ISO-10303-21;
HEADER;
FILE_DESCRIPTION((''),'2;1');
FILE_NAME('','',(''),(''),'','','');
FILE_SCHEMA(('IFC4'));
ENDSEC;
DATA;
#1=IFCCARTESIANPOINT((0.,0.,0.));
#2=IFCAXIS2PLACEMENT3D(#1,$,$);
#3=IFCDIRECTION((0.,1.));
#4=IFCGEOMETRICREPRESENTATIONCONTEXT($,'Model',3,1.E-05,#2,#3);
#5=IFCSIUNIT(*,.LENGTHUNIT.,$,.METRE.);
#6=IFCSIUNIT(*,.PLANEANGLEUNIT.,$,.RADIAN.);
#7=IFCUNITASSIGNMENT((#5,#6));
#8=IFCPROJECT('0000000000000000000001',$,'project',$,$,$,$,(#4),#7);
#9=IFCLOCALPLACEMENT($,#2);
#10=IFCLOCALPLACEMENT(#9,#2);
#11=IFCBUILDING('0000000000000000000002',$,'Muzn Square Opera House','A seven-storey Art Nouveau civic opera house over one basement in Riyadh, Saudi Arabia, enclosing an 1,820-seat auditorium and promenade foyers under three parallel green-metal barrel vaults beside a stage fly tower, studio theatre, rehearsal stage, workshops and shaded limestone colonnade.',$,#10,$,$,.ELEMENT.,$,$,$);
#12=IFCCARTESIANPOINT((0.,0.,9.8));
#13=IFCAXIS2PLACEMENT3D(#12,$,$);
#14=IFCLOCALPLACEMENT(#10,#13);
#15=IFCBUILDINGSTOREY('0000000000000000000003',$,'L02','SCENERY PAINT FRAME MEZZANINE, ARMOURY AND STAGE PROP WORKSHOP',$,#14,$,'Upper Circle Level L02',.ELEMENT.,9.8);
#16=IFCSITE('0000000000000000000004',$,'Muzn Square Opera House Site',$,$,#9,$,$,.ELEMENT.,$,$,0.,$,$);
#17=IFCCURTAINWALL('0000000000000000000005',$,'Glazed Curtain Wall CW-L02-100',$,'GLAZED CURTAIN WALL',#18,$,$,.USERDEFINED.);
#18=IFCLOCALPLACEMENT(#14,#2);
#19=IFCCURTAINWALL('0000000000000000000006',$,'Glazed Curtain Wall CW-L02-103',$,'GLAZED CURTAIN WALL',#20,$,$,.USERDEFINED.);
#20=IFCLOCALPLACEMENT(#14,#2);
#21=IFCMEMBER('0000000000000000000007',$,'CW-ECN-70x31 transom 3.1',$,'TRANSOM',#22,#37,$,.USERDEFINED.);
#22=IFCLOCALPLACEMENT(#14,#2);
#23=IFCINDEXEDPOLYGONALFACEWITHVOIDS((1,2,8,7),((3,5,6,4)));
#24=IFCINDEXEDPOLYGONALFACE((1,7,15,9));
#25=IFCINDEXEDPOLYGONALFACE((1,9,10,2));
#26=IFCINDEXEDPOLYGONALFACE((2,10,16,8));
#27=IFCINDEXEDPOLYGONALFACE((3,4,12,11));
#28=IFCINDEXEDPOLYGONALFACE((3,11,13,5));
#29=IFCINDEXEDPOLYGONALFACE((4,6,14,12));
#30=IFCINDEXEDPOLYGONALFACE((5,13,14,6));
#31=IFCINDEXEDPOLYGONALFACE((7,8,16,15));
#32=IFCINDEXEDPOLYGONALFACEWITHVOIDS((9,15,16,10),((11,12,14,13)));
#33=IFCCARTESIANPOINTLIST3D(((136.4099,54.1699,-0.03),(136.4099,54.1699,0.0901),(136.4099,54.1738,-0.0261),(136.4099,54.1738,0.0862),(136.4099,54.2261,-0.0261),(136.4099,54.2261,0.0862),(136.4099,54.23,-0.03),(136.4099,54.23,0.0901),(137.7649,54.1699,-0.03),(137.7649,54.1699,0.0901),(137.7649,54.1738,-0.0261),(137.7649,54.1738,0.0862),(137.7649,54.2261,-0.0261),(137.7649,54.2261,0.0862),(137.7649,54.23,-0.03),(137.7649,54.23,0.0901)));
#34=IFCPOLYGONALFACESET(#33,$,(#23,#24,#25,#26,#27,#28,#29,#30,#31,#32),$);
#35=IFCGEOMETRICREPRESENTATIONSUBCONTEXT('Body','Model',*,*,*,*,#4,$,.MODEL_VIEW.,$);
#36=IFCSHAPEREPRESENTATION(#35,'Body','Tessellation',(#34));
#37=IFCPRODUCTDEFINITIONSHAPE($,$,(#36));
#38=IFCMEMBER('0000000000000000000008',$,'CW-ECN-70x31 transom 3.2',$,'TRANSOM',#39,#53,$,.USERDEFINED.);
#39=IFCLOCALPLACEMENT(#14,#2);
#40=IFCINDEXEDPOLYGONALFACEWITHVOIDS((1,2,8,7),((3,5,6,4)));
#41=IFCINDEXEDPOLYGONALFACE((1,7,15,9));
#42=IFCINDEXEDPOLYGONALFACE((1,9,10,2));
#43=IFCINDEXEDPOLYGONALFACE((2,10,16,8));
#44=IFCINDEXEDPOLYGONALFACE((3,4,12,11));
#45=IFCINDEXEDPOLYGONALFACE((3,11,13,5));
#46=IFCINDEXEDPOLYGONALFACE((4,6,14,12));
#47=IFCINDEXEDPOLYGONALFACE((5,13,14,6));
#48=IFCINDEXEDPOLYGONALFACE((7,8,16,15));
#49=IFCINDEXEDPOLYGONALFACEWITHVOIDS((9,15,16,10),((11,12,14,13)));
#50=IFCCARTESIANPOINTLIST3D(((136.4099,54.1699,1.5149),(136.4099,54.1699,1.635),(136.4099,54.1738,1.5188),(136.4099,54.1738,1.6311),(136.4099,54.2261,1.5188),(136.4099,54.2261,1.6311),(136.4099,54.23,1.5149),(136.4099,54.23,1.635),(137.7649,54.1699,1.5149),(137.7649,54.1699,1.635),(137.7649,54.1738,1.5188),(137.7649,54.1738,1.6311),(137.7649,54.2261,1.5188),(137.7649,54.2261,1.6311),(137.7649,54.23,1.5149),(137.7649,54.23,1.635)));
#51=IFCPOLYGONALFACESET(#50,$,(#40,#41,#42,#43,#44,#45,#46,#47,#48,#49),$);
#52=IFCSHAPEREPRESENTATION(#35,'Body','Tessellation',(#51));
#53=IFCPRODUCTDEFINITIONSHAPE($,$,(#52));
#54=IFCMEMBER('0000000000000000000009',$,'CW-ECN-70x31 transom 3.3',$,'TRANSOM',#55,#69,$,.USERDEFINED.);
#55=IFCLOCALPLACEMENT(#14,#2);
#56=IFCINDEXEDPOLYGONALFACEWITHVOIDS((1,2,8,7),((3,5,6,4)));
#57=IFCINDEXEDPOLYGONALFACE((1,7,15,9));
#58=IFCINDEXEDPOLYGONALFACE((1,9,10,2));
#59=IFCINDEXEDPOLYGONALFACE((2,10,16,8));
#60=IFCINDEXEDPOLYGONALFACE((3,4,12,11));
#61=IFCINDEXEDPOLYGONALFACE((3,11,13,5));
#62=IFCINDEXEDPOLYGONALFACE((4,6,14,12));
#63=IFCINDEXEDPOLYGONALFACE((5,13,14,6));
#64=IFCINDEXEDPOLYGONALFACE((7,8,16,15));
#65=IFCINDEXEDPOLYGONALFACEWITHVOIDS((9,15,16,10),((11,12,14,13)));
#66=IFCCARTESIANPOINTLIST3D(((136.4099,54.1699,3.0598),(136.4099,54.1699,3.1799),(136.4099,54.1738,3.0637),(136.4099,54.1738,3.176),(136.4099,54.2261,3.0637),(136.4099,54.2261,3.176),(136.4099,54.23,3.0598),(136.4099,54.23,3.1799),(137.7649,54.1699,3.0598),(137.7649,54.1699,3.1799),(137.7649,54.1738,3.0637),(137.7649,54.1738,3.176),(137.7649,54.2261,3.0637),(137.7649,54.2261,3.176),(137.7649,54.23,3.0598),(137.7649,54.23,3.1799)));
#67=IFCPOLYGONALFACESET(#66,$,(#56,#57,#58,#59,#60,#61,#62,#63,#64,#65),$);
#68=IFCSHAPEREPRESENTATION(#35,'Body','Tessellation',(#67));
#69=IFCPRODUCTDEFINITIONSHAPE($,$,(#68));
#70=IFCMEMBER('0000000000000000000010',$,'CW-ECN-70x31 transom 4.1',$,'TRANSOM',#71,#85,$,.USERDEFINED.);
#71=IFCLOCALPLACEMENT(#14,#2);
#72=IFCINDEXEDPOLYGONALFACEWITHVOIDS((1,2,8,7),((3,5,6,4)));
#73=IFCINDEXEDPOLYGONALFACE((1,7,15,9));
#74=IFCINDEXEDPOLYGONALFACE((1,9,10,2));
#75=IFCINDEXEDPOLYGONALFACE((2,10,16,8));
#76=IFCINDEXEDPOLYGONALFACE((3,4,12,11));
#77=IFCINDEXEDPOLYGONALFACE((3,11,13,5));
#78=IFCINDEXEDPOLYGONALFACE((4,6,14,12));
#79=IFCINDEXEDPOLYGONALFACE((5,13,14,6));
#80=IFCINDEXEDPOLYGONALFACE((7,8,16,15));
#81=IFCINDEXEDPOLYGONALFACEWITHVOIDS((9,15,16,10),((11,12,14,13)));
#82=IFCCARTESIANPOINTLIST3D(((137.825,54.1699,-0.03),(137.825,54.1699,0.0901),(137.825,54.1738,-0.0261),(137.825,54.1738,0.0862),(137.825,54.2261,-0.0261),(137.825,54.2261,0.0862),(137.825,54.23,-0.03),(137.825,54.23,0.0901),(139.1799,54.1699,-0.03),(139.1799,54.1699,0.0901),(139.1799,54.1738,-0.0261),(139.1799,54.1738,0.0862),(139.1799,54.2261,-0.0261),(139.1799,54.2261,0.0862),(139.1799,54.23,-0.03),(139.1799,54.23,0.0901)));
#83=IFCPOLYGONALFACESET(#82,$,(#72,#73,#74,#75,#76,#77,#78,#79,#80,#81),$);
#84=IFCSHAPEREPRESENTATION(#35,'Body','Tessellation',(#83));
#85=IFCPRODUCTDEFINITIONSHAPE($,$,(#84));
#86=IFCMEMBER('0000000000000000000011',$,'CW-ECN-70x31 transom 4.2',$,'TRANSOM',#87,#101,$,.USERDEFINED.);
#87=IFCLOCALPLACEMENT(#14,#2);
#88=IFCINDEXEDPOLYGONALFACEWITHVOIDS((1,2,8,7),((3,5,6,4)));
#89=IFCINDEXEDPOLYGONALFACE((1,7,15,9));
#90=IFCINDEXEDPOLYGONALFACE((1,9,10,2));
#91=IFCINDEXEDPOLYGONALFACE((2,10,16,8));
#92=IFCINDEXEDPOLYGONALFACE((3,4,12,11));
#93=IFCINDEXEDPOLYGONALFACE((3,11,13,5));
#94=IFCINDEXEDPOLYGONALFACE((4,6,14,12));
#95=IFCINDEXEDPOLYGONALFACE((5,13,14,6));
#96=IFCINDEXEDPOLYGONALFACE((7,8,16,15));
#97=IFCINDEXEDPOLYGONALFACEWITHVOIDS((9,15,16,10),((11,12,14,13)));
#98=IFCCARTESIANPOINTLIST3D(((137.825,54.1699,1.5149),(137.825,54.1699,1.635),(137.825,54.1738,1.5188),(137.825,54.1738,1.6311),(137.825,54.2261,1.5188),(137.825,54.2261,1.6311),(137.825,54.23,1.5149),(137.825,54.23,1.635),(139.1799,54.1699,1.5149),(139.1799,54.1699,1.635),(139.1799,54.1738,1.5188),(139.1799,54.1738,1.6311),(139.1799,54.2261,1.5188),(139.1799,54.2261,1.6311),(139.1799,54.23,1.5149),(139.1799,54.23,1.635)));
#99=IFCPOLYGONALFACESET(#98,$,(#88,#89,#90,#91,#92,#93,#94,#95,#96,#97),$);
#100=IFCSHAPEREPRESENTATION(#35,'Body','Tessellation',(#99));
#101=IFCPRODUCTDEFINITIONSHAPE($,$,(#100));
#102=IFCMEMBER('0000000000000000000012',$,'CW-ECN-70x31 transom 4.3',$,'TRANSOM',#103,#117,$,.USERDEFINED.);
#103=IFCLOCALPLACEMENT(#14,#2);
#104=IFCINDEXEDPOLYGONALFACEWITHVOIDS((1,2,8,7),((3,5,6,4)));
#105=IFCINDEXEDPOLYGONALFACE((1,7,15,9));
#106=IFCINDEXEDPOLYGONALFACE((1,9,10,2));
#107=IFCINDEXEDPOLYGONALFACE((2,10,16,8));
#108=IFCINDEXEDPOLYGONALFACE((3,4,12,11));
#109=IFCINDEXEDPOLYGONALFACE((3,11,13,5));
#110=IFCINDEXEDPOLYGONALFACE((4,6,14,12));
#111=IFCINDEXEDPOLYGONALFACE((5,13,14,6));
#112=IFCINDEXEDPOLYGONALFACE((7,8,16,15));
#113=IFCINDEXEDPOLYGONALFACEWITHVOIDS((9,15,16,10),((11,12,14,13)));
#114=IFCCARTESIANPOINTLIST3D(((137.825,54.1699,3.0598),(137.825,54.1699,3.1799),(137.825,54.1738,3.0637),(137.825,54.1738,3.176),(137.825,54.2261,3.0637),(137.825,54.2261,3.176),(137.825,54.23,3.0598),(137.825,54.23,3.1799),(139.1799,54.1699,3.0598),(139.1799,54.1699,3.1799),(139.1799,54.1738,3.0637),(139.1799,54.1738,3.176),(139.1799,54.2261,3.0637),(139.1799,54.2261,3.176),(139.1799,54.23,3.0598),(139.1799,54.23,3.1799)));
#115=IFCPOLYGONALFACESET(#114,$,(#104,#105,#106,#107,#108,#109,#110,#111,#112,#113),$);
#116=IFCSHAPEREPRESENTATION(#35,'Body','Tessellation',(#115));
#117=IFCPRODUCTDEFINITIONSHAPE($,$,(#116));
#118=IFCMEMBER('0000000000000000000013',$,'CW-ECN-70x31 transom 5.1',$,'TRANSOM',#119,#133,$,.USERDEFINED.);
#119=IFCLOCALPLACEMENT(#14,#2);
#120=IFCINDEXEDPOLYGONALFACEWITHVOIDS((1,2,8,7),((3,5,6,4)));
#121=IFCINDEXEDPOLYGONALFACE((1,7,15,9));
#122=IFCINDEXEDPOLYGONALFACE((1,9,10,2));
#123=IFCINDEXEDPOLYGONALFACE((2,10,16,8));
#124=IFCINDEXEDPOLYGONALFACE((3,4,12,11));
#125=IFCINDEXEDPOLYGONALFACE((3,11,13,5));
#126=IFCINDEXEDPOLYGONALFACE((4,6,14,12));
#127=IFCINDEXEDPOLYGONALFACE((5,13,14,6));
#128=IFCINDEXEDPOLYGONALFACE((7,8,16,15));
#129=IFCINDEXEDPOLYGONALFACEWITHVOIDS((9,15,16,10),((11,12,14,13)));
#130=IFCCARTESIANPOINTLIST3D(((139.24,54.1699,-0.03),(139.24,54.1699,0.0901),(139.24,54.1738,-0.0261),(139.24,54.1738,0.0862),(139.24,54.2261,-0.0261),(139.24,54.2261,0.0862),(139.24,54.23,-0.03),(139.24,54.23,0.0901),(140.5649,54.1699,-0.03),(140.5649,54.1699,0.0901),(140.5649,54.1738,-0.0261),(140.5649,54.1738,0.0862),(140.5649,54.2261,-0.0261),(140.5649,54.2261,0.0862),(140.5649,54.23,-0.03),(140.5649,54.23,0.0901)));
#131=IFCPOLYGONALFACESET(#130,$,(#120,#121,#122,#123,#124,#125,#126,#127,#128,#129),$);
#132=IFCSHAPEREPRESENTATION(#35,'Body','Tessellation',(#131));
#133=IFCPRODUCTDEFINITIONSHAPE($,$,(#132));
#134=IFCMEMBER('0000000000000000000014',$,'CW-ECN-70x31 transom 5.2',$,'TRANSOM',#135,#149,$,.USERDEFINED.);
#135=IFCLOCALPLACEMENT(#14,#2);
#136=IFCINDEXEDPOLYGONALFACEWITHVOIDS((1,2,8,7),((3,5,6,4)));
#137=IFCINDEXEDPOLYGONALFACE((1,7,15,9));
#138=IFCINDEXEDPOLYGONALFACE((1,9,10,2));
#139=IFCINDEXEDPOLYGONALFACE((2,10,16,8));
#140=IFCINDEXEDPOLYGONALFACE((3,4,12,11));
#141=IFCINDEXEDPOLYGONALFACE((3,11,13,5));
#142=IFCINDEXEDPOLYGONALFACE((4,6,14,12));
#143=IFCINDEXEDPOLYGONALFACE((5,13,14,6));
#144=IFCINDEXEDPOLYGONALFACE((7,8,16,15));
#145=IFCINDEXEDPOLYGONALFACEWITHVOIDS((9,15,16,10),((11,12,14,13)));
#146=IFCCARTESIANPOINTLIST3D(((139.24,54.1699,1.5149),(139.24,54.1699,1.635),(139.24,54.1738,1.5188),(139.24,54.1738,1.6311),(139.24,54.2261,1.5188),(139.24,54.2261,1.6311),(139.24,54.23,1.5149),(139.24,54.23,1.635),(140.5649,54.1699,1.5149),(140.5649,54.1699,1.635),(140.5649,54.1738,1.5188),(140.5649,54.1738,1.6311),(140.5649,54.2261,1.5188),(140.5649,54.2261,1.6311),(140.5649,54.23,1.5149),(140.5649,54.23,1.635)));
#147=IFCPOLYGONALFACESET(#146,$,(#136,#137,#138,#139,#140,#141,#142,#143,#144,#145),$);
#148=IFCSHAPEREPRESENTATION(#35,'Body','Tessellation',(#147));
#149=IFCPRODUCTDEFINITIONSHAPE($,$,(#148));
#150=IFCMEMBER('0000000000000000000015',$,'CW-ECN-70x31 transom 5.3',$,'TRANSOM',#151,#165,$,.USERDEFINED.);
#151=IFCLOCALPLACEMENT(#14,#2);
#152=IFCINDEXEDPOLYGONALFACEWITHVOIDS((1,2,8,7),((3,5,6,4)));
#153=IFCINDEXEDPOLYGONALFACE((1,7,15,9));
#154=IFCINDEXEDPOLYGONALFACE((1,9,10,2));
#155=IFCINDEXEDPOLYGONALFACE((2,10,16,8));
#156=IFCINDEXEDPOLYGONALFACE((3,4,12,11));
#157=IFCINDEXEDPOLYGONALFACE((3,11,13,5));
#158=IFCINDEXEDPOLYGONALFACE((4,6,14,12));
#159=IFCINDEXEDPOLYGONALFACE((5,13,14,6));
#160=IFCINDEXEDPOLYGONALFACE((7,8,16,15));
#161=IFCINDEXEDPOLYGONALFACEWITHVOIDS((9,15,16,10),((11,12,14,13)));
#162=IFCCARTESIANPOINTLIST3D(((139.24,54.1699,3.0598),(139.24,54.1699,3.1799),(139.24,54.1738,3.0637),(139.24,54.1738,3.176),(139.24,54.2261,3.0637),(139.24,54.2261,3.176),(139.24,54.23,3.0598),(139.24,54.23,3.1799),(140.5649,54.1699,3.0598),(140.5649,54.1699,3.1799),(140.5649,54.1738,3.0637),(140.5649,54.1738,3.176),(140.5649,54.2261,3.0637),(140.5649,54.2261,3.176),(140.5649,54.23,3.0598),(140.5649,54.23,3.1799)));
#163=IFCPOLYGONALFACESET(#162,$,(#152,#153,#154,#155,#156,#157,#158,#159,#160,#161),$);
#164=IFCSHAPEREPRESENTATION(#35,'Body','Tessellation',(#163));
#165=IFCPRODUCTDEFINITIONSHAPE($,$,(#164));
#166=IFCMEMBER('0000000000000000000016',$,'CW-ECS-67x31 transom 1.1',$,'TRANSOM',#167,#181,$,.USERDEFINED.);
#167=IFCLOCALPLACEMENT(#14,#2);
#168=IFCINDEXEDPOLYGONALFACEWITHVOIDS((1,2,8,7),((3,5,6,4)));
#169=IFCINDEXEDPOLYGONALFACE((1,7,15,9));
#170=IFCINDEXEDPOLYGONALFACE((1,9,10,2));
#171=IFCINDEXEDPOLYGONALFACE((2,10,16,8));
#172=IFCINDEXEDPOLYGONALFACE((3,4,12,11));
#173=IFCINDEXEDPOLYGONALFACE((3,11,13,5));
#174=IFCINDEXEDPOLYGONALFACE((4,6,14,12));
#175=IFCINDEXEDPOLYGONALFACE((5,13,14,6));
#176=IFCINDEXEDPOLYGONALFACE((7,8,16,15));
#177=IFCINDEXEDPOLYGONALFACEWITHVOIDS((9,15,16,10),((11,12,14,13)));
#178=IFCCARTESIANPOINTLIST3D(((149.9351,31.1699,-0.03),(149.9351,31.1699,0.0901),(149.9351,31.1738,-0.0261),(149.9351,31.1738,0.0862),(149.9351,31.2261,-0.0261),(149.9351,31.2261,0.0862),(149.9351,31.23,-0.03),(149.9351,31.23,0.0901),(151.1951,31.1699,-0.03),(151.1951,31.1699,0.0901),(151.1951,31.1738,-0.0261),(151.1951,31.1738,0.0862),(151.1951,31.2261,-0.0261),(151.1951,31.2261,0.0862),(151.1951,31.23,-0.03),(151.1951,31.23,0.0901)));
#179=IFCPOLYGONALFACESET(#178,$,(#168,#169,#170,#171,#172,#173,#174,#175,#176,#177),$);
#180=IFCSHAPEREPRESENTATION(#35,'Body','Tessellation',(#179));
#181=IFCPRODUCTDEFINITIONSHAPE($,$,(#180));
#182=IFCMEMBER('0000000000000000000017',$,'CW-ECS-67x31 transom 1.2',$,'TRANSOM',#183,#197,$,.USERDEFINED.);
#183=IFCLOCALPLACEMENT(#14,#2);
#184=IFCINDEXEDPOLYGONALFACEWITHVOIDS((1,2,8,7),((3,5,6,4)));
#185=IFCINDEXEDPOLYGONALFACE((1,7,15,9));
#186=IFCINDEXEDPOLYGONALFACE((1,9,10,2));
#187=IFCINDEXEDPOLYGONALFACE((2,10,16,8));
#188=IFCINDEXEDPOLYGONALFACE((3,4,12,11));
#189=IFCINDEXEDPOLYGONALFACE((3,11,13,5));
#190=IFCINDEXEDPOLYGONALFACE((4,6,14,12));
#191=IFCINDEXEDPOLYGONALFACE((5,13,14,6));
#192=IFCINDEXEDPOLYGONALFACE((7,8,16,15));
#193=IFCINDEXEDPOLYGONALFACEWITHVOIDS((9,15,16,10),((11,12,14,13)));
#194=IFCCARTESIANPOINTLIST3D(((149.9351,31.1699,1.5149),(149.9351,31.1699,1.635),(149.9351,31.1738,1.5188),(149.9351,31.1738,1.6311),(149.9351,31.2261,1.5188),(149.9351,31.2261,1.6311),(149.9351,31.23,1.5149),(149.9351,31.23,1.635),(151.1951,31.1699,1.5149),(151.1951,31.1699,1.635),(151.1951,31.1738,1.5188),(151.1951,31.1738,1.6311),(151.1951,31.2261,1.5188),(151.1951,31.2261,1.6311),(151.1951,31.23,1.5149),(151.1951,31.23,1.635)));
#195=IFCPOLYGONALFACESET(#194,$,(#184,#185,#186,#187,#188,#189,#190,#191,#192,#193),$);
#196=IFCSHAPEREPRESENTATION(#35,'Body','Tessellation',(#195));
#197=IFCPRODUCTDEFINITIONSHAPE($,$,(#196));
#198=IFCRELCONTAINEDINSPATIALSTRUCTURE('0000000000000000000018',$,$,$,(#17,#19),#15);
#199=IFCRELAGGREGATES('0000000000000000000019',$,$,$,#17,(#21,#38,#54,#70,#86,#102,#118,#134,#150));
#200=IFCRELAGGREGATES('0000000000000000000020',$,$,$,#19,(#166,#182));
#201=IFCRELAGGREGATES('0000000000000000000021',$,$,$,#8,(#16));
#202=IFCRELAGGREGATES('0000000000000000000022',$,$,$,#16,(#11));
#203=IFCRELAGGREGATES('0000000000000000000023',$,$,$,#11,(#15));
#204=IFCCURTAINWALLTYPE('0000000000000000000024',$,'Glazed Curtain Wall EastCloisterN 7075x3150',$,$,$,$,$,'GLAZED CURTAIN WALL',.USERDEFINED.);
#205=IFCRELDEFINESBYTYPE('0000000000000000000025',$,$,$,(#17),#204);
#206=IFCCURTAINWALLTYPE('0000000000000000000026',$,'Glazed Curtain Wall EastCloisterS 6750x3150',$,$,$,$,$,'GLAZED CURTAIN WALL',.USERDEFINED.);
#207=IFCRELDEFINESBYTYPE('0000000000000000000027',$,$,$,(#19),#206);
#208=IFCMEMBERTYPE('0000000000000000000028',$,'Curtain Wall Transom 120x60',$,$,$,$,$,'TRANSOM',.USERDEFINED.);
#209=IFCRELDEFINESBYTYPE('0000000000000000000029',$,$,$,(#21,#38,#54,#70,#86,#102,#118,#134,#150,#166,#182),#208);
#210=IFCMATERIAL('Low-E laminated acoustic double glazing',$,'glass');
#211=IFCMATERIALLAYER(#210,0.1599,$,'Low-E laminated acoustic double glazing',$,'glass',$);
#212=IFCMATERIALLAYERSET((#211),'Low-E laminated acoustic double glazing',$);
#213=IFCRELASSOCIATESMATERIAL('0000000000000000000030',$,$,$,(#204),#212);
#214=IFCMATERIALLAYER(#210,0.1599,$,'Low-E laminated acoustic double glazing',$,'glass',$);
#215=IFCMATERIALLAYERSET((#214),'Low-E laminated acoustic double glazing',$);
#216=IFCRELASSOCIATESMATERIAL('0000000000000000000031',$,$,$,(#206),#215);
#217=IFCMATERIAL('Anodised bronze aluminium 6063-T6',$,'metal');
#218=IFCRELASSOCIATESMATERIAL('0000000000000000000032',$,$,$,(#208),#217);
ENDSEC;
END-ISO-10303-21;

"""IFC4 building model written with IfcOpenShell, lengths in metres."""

from ifc_helpers import new_model, si_unit, direction, frame, origin, origin_2d, place, context, subcontext, project, spatial, hollow_rectangle, extrude, material, layer, layer_set, material_profile, profile_set, type_object, element, aggregate, save


model = new_model("IFC4")

# Units and contexts
model_context = context("Model", 3, precision=1e-05, world=origin(), true_north=direction((0.0, 1.0)))
body_context = subcontext(model_context, "Body", "Model", "MODEL_VIEW")
ifc_project = project(units=[si_unit("LENGTHUNIT", "METRE"), si_unit("PLANEANGLEUNIT", "RADIAN")], contexts=[model_context])

# Site, building, storey
site_placement = place(None, origin())
site = spatial("IfcSite", under=ifc_project, at=site_placement, Name="Muzn Square Opera House Site", CompositionType="ELEMENT", RefElevation=0.0)
building_placement = place(site_placement, origin())
building = spatial("IfcBuilding", under=site, at=building_placement, Name="Muzn Square Opera House", Description="A seven-storey Art Nouveau civic opera house over one basement in Riyadh, Saudi Arabia, enclosing an 1,820-seat auditorium and promenade foyers under three parallel green-metal barrel vaults beside a stage fly tower, studio theatre, rehearsal stage, workshops and shaded limestone colonnade.", CompositionType="ELEMENT")
storey_placement = place(building_placement, frame((0.0, 0.0, 9.8)))
storey = spatial("IfcBuildingStorey", under=building, at=storey_placement, Name="L02", Description="SCENERY PAINT FRAME MEZZANINE, ARMOURY AND STAGE PROP WORKSHOP", LongName="Upper Circle Level L02", CompositionType="ELEMENT", Elevation=9.8)

# Curtain wall
ifc_material_1 = material(Name="Low-E laminated acoustic double glazing", Category="glass")
ifc_layer_1 = layer(ifc_material_1, 0.1599, Name="Low-E laminated acoustic double glazing", Category="glass")
ifc_layer_set_1 = layer_set([ifc_layer_1], Name="Low-E laminated acoustic double glazing")
curtain_wall_type_1 = type_object("IfcCurtainWallType", Name="Glazed Curtain Wall EastCloisterN 7075x3150", ElementType="GLAZED CURTAIN WALL", PredefinedType="USERDEFINED", material=ifc_layer_set_1)
curtain_wall_1_placement = place(storey_placement, origin())
curtain_wall_1 = element("IfcCurtainWall", 1, at=curtain_wall_1_placement, inside=storey, type_object=curtain_wall_type_1, Name="Glazed Curtain Wall CW-L02-100", ObjectType="GLAZED CURTAIN WALL", PredefinedType="USERDEFINED")
ifc_material_2 = material(Name="Anodised bronze aluminium 6063-T6", Category="metal")

# Curtain wall
ifc_layer_2 = layer(ifc_material_1, 0.1599, Name="Low-E laminated acoustic double glazing", Category="glass")
ifc_layer_set_2 = layer_set([ifc_layer_2], Name="Low-E laminated acoustic double glazing")
curtain_wall_type_2 = type_object("IfcCurtainWallType", Name="Glazed Curtain Wall EastCloisterS 6750x3150", ElementType="GLAZED CURTAIN WALL", PredefinedType="USERDEFINED", material=ifc_layer_set_2)
curtain_wall_2_placement = place(storey_placement, origin())
curtain_wall_2 = element("IfcCurtainWall", 2, at=curtain_wall_2_placement, inside=storey, type_object=curtain_wall_type_2, Name="Glazed Curtain Wall CW-L02-103", ObjectType="GLAZED CURTAIN WALL", PredefinedType="USERDEFINED")

# Members
ifc_material_profile_1 = material_profile(ifc_material_2, hollow_rectangle(XDim=0.0601, YDim=0.1201, WallThickness=0.0039, at=origin_2d()), Name="ALU 120x60x4", Category="metal")
ifc_profile_set_1 = profile_set([ifc_material_profile_1], Name="Anodised bronze aluminium 6063-T6")
member_type_1 = type_object("IfcMemberType", Name="Curtain Wall Transom 120x60", ElementType="TRANSOM", PredefinedType="USERDEFINED", material=ifc_profile_set_1)
member_1_placement = place(storey_placement, frame((136.4099, 54.2, 0.03), z_axis=(1.0, 0.0, 0.0), x_axis=(0.0, 1.0, 0.0)))
member_1 = element("IfcMember", 3, at=member_1_placement, type_object=member_type_1, Name="CW-ECN-70x31 transom 3.1", ObjectType="TRANSOM", PredefinedType="USERDEFINED", context=body_context, shape_type="SweptSolid", body=[
    extrude(hollow_rectangle(XDim=0.0601, YDim=0.1201, WallThickness=0.0039, at=origin_2d()), origin(), (0.0, 0.0, 1.0), 1.355),
])
member_2_placement = place(storey_placement, frame((136.4099, 54.2, 1.575), z_axis=(1.0, 0.0, 0.0), x_axis=(0.0, 1.0, 0.0)))
member_2 = element("IfcMember", 4, at=member_2_placement, type_object=member_type_1, Name="CW-ECN-70x31 transom 3.2", ObjectType="TRANSOM", PredefinedType="USERDEFINED", context=body_context, shape_type="SweptSolid", body=[
    extrude(hollow_rectangle(XDim=0.0601, YDim=0.1201, WallThickness=0.0039, at=origin_2d()), origin(), (0.0, 0.0, 1.0), 1.355),
])
member_3_placement = place(storey_placement, frame((136.4099, 54.2, 3.1199), z_axis=(1.0, 0.0, 0.0), x_axis=(0.0, 1.0, 0.0)))
member_3 = element("IfcMember", 5, at=member_3_placement, type_object=member_type_1, Name="CW-ECN-70x31 transom 3.3", ObjectType="TRANSOM", PredefinedType="USERDEFINED", context=body_context, shape_type="SweptSolid", body=[
    extrude(hollow_rectangle(XDim=0.0601, YDim=0.1201, WallThickness=0.0039, at=origin_2d()), origin(), (0.0, 0.0, 1.0), 1.355),
])
member_4_placement = place(storey_placement, frame((137.825, 54.2, 0.03), z_axis=(1.0, 0.0, 0.0), x_axis=(0.0, 1.0, 0.0)))
member_4 = element("IfcMember", 6, at=member_4_placement, type_object=member_type_1, Name="CW-ECN-70x31 transom 4.1", ObjectType="TRANSOM", PredefinedType="USERDEFINED", context=body_context, shape_type="SweptSolid", body=[
    extrude(hollow_rectangle(XDim=0.0601, YDim=0.1201, WallThickness=0.0039, at=origin_2d()), origin(), (0.0, 0.0, 1.0), 1.355),
])
member_5_placement = place(storey_placement, frame((137.825, 54.2, 1.575), z_axis=(1.0, 0.0, 0.0), x_axis=(0.0, 1.0, 0.0)))
member_5 = element("IfcMember", 7, at=member_5_placement, type_object=member_type_1, Name="CW-ECN-70x31 transom 4.2", ObjectType="TRANSOM", PredefinedType="USERDEFINED", context=body_context, shape_type="SweptSolid", body=[
    extrude(hollow_rectangle(XDim=0.0601, YDim=0.1201, WallThickness=0.0039, at=origin_2d()), origin(), (0.0, 0.0, 1.0), 1.355),
])
member_6_placement = place(storey_placement, frame((137.825, 54.2, 3.1199), z_axis=(1.0, 0.0, 0.0), x_axis=(0.0, 1.0, 0.0)))
member_6 = element("IfcMember", 8, at=member_6_placement, type_object=member_type_1, Name="CW-ECN-70x31 transom 4.3", ObjectType="TRANSOM", PredefinedType="USERDEFINED", context=body_context, shape_type="SweptSolid", body=[
    extrude(hollow_rectangle(XDim=0.0601, YDim=0.1201, WallThickness=0.0039, at=origin_2d()), origin(), (0.0, 0.0, 1.0), 1.355),
])
member_7_placement = place(storey_placement, frame((139.24, 54.2, 0.03), z_axis=(1.0, 0.0, 0.0), x_axis=(0.0, 1.0, 0.0)))
member_7 = element("IfcMember", 9, at=member_7_placement, type_object=member_type_1, Name="CW-ECN-70x31 transom 5.1", ObjectType="TRANSOM", PredefinedType="USERDEFINED", context=body_context, shape_type="SweptSolid", body=[
    extrude(hollow_rectangle(XDim=0.0601, YDim=0.1201, WallThickness=0.0039, at=origin_2d()), origin(), (0.0, 0.0, 1.0), 1.325),
])
member_8_placement = place(storey_placement, frame((139.24, 54.2, 1.575), z_axis=(1.0, 0.0, 0.0), x_axis=(0.0, 1.0, 0.0)))
member_8 = element("IfcMember", 10, at=member_8_placement, type_object=member_type_1, Name="CW-ECN-70x31 transom 5.2", ObjectType="TRANSOM", PredefinedType="USERDEFINED", context=body_context, shape_type="SweptSolid", body=[
    extrude(hollow_rectangle(XDim=0.0601, YDim=0.1201, WallThickness=0.0039, at=origin_2d()), origin(), (0.0, 0.0, 1.0), 1.325),
])
member_9_placement = place(storey_placement, frame((139.24, 54.2, 3.1199), z_axis=(1.0, 0.0, 0.0), x_axis=(0.0, 1.0, 0.0)))
member_9 = element("IfcMember", 11, at=member_9_placement, type_object=member_type_1, Name="CW-ECN-70x31 transom 5.3", ObjectType="TRANSOM", PredefinedType="USERDEFINED", context=body_context, shape_type="SweptSolid", body=[
    extrude(hollow_rectangle(XDim=0.0601, YDim=0.1201, WallThickness=0.0039, at=origin_2d()), origin(), (0.0, 0.0, 1.0), 1.325),
])
member_10_placement = place(storey_placement, frame((149.9351, 31.2, 0.03), z_axis=(1.0, 0.0, 0.0), x_axis=(0.0, 1.0, 0.0)))
member_10 = element("IfcMember", 12, at=member_10_placement, type_object=member_type_1, Name="CW-ECS-67x31 transom 1.1", ObjectType="TRANSOM", PredefinedType="USERDEFINED", context=body_context, shape_type="SweptSolid", body=[
    extrude(hollow_rectangle(XDim=0.0601, YDim=0.1201, WallThickness=0.0039, at=origin_2d()), origin(), (0.0, 0.0, 1.0), 1.26),
])
member_11_placement = place(storey_placement, frame((149.9351, 31.2, 1.575), z_axis=(1.0, 0.0, 0.0), x_axis=(0.0, 1.0, 0.0)))
member_11 = element("IfcMember", 13, at=member_11_placement, type_object=member_type_1, Name="CW-ECS-67x31 transom 1.2", ObjectType="TRANSOM", PredefinedType="USERDEFINED", context=body_context, shape_type="SweptSolid", body=[
    extrude(hollow_rectangle(XDim=0.0601, YDim=0.1201, WallThickness=0.0039, at=origin_2d()), origin(), (0.0, 0.0, 1.0), 1.26),
])

aggregate(curtain_wall_1, [member_1, member_2, member_3, member_4, member_5, member_6, member_7, member_8, member_9])
aggregate(curtain_wall_2, [member_10, member_11])

save(model, "model.ifc")
